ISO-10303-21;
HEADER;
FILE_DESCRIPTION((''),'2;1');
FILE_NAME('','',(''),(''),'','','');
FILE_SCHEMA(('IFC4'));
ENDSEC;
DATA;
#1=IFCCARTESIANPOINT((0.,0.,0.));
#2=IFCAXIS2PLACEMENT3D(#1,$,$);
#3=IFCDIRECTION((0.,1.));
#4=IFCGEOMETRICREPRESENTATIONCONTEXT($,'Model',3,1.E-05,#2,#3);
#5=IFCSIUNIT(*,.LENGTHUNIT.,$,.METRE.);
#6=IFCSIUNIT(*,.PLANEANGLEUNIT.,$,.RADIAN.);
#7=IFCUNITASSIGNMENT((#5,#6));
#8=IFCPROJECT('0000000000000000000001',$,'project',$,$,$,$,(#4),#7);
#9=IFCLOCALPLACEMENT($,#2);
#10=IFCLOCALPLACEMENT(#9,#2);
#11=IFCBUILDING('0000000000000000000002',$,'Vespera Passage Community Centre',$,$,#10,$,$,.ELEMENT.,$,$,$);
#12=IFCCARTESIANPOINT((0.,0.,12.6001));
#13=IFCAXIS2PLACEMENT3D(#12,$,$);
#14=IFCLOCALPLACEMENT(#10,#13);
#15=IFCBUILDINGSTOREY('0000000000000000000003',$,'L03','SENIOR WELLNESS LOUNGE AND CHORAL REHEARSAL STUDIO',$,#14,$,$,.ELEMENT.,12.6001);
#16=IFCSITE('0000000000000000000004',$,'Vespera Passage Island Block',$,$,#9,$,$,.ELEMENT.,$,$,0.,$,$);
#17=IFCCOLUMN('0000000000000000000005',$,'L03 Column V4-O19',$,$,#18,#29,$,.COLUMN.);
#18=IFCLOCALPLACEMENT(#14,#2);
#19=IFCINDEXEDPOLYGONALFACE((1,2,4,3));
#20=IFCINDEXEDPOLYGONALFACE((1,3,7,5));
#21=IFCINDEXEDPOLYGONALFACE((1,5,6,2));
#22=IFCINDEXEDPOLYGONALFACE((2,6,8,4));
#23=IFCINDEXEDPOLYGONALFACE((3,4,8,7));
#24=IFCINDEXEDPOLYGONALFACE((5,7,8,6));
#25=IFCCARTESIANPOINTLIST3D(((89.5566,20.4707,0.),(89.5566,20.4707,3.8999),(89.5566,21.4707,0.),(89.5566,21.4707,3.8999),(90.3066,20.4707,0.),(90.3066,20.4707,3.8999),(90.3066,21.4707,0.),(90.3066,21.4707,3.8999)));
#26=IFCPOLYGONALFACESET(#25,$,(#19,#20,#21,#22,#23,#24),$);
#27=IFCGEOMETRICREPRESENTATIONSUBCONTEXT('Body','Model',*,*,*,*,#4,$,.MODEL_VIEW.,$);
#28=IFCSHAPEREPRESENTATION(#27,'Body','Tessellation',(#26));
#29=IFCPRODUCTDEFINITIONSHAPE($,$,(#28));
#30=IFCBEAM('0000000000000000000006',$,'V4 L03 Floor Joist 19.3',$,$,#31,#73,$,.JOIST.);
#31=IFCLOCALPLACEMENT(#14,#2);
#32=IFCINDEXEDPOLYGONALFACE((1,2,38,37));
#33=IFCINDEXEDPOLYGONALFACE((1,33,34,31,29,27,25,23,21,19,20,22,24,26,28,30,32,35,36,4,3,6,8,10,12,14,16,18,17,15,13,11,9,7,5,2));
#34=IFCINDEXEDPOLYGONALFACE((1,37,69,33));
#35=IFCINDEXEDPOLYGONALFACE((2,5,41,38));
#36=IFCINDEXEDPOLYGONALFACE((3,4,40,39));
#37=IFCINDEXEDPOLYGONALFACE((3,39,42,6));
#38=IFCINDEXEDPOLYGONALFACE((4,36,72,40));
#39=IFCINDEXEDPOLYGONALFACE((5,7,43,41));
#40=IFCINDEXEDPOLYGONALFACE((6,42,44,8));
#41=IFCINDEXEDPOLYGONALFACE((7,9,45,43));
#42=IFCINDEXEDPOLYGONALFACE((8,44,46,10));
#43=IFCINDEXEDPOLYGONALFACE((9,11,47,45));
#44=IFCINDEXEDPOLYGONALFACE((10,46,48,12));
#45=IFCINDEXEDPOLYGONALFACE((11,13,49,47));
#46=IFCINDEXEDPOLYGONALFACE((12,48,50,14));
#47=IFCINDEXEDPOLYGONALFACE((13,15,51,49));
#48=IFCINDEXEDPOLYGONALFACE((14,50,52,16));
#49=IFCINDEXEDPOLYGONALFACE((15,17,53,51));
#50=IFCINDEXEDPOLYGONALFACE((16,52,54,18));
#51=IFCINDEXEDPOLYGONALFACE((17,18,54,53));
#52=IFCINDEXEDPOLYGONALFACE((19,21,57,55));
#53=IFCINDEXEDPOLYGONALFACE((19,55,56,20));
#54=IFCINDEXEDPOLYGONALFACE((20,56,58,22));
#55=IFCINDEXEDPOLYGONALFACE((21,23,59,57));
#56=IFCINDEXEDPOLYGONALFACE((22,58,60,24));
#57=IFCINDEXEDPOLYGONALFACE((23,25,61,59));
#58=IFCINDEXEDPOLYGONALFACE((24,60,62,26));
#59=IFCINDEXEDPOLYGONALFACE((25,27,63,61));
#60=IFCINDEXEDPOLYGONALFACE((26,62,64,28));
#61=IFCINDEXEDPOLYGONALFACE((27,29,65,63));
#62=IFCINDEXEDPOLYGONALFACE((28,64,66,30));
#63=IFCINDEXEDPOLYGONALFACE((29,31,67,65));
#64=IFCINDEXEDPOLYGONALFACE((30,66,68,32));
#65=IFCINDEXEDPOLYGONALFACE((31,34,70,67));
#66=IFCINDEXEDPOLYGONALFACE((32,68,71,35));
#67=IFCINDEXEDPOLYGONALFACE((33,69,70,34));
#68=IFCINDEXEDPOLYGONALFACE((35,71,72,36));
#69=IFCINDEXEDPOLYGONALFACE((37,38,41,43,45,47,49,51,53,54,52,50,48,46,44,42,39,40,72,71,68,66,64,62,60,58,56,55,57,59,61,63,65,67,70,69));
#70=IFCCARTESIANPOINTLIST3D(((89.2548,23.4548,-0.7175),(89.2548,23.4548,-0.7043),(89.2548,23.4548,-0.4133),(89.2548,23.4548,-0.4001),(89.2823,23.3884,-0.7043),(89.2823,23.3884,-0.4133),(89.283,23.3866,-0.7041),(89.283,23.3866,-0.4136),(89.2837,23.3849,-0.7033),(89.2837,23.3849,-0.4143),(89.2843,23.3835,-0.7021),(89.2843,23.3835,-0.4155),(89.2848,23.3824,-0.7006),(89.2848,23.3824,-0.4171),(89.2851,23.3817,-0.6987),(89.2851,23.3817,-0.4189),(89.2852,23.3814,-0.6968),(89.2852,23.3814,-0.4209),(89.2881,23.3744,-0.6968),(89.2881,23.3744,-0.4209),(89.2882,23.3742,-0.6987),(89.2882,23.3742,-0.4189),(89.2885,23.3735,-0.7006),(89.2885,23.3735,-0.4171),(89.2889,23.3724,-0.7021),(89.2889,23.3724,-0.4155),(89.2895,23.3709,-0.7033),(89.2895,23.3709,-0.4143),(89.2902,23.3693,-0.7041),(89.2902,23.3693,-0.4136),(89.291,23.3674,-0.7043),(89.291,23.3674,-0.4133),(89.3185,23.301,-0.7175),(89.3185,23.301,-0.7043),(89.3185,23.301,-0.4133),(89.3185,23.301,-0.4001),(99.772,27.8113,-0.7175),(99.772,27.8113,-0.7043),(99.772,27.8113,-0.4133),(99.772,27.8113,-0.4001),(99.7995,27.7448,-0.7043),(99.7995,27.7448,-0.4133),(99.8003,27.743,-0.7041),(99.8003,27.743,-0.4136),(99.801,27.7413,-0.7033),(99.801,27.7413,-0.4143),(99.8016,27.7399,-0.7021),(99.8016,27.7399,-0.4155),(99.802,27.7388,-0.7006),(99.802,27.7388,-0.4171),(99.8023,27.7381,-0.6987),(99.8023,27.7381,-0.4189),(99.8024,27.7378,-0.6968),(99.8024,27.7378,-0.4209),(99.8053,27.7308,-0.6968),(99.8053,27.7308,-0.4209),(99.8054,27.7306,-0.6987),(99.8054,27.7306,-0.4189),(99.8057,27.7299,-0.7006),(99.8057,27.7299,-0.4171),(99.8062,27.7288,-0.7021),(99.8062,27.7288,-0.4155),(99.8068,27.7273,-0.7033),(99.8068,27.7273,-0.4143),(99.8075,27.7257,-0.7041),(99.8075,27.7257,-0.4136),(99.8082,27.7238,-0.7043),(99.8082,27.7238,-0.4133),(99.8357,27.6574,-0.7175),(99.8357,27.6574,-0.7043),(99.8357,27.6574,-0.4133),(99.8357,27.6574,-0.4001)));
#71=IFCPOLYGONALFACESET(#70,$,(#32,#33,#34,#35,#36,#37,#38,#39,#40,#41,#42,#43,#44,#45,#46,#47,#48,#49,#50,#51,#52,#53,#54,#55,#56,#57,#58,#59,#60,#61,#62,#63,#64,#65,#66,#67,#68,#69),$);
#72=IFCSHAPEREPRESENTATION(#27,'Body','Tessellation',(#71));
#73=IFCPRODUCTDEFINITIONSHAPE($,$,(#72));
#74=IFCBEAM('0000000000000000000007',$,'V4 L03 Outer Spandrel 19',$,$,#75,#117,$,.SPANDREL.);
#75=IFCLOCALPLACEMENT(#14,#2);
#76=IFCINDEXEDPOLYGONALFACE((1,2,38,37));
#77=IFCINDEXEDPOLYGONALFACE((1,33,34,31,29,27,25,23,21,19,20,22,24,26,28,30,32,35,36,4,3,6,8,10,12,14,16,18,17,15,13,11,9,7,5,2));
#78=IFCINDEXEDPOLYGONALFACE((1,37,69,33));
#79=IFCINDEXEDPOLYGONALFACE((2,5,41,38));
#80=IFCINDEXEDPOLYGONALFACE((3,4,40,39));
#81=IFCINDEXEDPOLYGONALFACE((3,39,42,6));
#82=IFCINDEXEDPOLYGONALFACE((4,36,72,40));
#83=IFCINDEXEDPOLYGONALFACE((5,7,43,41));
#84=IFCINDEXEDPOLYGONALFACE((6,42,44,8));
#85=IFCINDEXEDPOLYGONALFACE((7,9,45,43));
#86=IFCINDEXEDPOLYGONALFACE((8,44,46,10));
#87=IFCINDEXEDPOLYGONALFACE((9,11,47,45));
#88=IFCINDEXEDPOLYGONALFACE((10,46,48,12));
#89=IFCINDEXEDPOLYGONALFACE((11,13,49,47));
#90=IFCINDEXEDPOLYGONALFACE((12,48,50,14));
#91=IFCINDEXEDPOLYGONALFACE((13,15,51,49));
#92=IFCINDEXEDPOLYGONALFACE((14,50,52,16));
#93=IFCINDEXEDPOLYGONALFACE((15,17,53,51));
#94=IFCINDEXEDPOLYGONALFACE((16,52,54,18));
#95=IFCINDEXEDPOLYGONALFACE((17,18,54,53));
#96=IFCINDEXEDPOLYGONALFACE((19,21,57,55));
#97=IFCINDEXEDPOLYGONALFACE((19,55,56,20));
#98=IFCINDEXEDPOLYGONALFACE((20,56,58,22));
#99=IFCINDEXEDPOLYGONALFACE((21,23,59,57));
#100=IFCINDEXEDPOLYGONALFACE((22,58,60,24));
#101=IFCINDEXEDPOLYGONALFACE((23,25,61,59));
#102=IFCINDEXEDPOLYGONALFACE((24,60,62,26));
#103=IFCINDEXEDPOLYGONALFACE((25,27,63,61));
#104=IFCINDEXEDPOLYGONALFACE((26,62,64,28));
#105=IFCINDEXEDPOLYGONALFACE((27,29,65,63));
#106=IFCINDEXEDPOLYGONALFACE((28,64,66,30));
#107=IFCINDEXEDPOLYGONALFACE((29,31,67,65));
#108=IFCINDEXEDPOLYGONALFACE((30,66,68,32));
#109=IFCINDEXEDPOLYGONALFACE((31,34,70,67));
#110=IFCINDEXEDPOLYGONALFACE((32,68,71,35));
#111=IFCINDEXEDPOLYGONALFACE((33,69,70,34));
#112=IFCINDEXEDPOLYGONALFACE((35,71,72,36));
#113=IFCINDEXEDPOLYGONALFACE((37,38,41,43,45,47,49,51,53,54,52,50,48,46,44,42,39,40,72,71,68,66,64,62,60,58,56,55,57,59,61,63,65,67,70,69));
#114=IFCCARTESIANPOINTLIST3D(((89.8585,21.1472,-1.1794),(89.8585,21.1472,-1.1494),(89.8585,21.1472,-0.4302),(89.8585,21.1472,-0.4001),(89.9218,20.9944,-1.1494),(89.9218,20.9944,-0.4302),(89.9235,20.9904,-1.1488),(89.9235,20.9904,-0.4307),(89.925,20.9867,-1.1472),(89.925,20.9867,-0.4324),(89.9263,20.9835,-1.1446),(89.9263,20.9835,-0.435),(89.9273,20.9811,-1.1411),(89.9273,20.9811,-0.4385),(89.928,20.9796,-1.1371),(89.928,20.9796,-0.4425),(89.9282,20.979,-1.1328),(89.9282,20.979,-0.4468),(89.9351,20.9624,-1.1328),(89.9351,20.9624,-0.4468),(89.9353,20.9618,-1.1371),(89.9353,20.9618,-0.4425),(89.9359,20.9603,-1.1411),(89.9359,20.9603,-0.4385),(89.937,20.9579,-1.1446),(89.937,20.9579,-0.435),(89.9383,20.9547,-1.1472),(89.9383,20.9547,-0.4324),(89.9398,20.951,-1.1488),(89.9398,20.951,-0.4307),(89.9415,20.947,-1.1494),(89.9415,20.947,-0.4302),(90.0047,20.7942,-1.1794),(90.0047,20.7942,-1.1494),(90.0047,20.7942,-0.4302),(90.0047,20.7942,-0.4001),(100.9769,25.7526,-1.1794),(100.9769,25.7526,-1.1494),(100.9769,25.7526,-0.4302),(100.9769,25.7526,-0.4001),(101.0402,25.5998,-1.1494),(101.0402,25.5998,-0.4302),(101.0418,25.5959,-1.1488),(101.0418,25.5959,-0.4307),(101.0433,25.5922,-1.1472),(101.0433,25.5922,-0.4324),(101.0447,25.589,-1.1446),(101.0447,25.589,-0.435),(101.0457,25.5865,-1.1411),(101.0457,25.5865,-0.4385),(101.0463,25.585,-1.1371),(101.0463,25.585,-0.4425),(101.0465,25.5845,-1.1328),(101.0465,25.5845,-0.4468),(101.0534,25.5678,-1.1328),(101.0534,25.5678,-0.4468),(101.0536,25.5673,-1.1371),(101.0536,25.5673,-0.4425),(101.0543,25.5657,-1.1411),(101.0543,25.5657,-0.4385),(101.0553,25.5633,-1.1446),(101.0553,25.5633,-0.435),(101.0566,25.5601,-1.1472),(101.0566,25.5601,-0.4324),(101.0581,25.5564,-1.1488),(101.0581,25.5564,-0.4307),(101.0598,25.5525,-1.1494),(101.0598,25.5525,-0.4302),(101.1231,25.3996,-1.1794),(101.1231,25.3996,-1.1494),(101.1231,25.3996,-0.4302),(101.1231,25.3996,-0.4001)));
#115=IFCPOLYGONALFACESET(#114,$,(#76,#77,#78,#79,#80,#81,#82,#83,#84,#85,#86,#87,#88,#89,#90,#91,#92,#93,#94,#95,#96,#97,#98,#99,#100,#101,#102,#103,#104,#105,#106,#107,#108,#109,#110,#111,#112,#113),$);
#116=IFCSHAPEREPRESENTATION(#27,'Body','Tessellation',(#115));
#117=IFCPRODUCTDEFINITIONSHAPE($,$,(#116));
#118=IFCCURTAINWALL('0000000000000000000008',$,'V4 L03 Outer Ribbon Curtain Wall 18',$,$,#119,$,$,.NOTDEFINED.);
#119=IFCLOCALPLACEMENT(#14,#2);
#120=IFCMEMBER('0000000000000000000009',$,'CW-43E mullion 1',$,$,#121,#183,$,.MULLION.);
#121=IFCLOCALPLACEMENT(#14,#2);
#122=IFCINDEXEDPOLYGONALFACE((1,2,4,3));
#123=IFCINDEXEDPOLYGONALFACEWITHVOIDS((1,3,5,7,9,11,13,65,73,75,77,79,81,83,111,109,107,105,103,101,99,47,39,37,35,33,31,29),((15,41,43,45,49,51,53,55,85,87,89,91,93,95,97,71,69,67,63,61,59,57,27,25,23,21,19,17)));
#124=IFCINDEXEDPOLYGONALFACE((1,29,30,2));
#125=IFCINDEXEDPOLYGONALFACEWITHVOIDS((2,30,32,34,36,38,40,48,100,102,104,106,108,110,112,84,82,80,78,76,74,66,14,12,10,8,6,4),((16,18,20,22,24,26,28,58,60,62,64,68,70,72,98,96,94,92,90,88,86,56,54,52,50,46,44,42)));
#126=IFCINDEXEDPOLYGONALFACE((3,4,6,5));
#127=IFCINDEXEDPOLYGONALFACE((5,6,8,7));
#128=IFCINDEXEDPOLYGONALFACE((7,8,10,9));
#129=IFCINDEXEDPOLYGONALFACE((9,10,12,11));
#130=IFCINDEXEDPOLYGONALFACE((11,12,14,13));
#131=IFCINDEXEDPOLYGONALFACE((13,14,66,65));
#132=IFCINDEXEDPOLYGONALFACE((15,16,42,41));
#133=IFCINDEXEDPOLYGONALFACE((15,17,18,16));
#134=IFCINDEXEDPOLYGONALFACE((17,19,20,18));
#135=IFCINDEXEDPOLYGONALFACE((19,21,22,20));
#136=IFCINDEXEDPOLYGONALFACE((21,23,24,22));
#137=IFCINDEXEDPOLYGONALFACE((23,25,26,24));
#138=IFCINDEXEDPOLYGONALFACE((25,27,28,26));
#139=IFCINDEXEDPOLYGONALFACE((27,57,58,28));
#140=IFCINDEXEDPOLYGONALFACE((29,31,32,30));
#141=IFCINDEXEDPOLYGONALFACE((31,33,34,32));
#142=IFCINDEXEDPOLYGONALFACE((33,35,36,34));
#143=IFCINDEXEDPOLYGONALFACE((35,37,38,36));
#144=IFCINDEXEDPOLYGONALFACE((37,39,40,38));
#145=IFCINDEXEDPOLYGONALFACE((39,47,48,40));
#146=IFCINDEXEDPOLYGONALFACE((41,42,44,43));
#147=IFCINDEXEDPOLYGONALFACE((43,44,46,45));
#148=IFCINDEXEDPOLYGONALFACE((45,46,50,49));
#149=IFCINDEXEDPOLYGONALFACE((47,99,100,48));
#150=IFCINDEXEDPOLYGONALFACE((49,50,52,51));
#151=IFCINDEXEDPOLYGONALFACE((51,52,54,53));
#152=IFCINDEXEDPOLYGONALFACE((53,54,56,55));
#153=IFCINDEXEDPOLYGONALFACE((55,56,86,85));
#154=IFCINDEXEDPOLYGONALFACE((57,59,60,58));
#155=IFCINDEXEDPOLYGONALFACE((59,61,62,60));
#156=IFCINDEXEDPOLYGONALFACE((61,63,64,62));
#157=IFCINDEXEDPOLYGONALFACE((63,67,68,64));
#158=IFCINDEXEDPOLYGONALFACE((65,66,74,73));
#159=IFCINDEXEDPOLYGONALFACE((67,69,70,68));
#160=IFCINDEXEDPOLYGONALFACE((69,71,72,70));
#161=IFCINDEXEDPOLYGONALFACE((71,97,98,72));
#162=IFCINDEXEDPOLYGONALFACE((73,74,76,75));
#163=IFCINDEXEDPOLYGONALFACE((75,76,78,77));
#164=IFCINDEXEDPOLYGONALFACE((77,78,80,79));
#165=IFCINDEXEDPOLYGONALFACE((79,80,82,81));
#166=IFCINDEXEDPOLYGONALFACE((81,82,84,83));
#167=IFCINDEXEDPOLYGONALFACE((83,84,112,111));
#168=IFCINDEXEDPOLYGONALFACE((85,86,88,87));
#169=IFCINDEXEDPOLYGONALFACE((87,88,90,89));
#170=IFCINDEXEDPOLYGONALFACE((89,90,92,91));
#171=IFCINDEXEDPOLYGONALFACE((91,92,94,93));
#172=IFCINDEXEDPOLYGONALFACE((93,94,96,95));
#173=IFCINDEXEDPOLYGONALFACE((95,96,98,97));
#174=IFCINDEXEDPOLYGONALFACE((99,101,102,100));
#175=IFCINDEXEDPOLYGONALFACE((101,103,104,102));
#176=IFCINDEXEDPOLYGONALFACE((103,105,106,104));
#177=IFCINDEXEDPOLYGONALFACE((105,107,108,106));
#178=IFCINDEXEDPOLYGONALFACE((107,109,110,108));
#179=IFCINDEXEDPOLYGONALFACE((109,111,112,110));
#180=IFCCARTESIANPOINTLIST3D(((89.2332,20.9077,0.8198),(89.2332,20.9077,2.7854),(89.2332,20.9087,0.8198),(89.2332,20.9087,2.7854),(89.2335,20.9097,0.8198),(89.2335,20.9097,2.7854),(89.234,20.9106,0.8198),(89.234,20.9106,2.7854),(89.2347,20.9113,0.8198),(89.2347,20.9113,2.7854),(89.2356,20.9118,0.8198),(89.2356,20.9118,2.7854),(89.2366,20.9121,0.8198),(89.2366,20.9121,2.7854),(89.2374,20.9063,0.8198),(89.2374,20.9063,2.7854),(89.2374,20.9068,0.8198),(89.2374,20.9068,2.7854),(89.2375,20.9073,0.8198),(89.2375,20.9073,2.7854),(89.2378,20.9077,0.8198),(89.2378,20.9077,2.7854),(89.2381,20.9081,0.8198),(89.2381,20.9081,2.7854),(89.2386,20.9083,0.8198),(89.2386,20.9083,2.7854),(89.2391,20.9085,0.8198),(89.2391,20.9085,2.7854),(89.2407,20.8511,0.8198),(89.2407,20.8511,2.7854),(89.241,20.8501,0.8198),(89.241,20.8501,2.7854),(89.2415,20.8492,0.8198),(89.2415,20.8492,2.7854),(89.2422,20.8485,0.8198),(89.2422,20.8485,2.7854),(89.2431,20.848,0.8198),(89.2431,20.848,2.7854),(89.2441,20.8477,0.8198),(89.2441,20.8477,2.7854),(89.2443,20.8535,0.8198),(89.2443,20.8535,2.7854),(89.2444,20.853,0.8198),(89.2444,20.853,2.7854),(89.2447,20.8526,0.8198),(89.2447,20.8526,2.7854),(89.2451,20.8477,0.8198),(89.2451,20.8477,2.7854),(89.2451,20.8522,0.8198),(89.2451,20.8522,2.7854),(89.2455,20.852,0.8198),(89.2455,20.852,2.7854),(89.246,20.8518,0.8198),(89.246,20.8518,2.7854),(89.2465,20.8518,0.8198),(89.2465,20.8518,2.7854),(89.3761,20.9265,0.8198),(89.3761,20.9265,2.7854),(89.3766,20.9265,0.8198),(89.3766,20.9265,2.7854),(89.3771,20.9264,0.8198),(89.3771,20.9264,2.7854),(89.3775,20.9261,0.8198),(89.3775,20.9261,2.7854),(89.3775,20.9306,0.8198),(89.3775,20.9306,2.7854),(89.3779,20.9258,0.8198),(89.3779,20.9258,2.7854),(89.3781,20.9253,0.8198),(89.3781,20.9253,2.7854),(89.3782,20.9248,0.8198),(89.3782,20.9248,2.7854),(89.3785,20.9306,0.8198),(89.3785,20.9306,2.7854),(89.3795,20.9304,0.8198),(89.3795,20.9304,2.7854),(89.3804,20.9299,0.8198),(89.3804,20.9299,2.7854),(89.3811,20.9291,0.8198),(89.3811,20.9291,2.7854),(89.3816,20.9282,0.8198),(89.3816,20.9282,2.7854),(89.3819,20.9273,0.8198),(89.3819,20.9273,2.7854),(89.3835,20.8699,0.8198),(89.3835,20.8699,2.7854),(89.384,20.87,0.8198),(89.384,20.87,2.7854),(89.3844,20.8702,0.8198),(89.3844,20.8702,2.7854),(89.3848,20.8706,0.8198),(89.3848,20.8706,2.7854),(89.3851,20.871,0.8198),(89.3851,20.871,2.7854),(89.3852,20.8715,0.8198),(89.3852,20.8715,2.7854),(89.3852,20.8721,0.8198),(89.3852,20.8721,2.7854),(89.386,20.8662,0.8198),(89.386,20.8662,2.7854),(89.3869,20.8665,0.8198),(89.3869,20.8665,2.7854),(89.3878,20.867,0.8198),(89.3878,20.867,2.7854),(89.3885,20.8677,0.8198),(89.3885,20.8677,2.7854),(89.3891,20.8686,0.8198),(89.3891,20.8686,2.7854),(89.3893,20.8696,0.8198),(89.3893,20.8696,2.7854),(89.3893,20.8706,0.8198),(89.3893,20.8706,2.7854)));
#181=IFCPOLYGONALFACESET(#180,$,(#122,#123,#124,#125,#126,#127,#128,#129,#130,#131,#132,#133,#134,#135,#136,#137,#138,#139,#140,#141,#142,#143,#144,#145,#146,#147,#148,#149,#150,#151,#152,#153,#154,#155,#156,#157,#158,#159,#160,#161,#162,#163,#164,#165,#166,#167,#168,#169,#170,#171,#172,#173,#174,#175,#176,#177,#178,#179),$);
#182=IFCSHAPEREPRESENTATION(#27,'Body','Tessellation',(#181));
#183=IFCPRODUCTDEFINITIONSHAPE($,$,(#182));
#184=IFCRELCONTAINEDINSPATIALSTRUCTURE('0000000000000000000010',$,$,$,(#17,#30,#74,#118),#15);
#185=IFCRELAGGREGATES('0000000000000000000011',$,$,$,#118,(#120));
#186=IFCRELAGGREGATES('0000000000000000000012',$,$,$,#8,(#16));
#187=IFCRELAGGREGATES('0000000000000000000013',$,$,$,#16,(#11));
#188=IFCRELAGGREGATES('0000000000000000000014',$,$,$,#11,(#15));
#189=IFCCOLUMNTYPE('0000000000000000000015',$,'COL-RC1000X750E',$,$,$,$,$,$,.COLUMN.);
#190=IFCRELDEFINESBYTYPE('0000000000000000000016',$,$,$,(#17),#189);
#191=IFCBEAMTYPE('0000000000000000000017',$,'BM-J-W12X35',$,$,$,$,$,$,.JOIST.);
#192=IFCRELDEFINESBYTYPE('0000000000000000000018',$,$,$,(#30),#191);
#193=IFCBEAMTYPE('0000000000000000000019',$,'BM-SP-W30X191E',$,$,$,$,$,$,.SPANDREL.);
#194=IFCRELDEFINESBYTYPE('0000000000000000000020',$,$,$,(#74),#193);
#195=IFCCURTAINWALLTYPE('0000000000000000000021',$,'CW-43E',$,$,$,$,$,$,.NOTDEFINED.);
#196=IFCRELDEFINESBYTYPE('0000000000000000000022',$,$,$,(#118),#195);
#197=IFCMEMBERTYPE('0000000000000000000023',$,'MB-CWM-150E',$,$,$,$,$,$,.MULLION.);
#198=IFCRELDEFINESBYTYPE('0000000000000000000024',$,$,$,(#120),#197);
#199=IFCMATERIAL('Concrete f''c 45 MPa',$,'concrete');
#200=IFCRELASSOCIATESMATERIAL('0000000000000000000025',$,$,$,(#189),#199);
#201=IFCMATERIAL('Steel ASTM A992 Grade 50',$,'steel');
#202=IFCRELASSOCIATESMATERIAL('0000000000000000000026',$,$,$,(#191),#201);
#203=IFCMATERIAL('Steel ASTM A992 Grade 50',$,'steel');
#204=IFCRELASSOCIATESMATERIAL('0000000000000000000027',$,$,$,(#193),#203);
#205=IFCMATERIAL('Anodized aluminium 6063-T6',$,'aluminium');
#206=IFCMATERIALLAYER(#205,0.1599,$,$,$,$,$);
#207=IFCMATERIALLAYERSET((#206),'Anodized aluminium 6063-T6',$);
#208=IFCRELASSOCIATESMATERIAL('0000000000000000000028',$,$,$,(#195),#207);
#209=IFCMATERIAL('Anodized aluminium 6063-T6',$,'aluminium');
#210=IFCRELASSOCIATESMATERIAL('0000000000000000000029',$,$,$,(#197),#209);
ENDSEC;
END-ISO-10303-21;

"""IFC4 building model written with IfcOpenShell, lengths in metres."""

from ifc_helpers import new_model, si_unit, direction, frame, origin, origin_2d, place, context, subcontext, project, spatial, rectangle, hollow_rectangle, i_section, extrude, material, layer, layer_set, material_profile, profile_set, type_object, element, aggregate, save


model = new_model("IFC4")

# Units and contexts
model_context = context("Model", 3, precision=1e-05, world=origin(), true_north=direction((0.0, 1.0)))
body_context = subcontext(model_context, "Body", "Model", "MODEL_VIEW")
ifc_project = project(units=[si_unit("LENGTHUNIT", "METRE"), si_unit("PLANEANGLEUNIT", "RADIAN")], contexts=[model_context])

# Site, building, storey
site_placement = place(None, origin())
site = spatial("IfcSite", under=ifc_project, at=site_placement, Name="Vespera Passage Island Block", CompositionType="ELEMENT", RefElevation=0.0)
building_placement = place(site_placement, origin())
building = spatial("IfcBuilding", under=site, at=building_placement, Name="Vespera Passage Community Centre", CompositionType="ELEMENT")
storey_placement = place(building_placement, frame((0.0, 0.0, 12.6001)))
storey = spatial("IfcBuildingStorey", under=building, at=storey_placement, Name="L03", Description="SENIOR WELLNESS LOUNGE AND CHORAL REHEARSAL STUDIO", CompositionType="ELEMENT", Elevation=12.6001)

# Column
ifc_material_1 = material(Name="Concrete f'c 45 MPa", Category="concrete")
ifc_material_profile_1 = material_profile(ifc_material_1, rectangle(XDim=0.75, YDim=1.0, at=origin_2d()), Name="RC1000X750")
ifc_profile_set_1 = profile_set([ifc_material_profile_1], Name="Concrete f'c 45 MPa")
column_type = type_object("IfcColumnType", Name="COL-RC1000X750E", PredefinedType="COLUMN", material=ifc_profile_set_1)
column_placement = place(storey_placement, frame((89.9316, 20.9707, 0.0), z_axis=(0.0, 0.0, 1.0), x_axis=(1.0, 0.0, 0.0)))
element("IfcColumn", 1, at=column_placement, inside=storey, type_object=column_type, Name="L03 Column V4-O19", PredefinedType="COLUMN", context=body_context, shape_type="SweptSolid", body=[
    extrude(rectangle(XDim=0.75, YDim=1.0, at=origin_2d()), origin(), (0.0, 0.0, 1.0), 3.8999),
])

# Beams
ifc_material_2 = material(Name="Steel ASTM A992 Grade 50", Category="steel")
ifc_material_profile_2 = material_profile(ifc_material_2, i_section(OverallWidth=0.1665, OverallDepth=0.3174, WebThickness=0.0076, FlangeThickness=0.0132, FilletRadius=0.0076, at=origin_2d()), Name="W12X35")
ifc_profile_set_2 = profile_set([ifc_material_profile_2], Name="Steel ASTM A992 Grade 50")
beam_type_1 = type_object("IfcBeamType", Name="BM-J-W12X35", PredefinedType="JOIST", material=ifc_profile_set_2)
beam_1_placement = place(storey_placement, frame((89.2866, 23.3779, -0.5588), z_axis=(0.923879, 0.382685, 0.0), x_axis=(-0.382685, 0.923879, 0.0)))
element("IfcBeam", 2, at=beam_1_placement, inside=storey, type_object=beam_type_1, Name="V4 L03 Floor Joist 19.3", PredefinedType="JOIST", context=body_context, shape_type="SweptSolid", body=[
    extrude(i_section(OverallWidth=0.1665, OverallDepth=0.3174, WebThickness=0.0076, FlangeThickness=0.0132, FilletRadius=0.0076, at=origin_2d()), origin(), (0.0, 0.0, 1.0), 11.3838),
])
ifc_material_3 = material(Name="Steel ASTM A992 Grade 50", Category="steel")
ifc_material_profile_3 = material_profile(ifc_material_3, i_section(OverallWidth=0.3821, OverallDepth=0.7793, WebThickness=0.0181, FlangeThickness=0.03, FilletRadius=0.0166, at=origin_2d()), Name="W30X191")
ifc_profile_set_3 = profile_set([ifc_material_profile_3], Name="Steel ASTM A992 Grade 50")
beam_type_2 = type_object("IfcBeamType", Name="BM-SP-W30X191E", PredefinedType="SPANDREL", material=ifc_profile_set_3)
beam_2_placement = place(storey_placement, frame((89.9316, 20.9707, -0.7898), z_axis=(0.923877, 0.382689, 0.0), x_axis=(-0.382689, 0.923877, 0.0)))
element("IfcBeam", 3, at=beam_2_placement, inside=storey, type_object=beam_type_2, Name="V4 L03 Outer Spandrel 19", PredefinedType="SPANDREL", context=body_context, shape_type="SweptSolid", body=[
    extrude(i_section(OverallWidth=0.3821, OverallDepth=0.7793, WebThickness=0.0181, FlangeThickness=0.03, FilletRadius=0.0166, at=origin_2d()), origin(), (0.0, 0.0, 1.0), 12.0344),
])

# Curtain wall, member
ifc_material_4 = material(Name="Anodized aluminium 6063-T6", Category="aluminium")
ifc_layer_1 = layer(ifc_material_4, 0.1599)
ifc_layer_set_1 = layer_set([ifc_layer_1], Name="Anodized aluminium 6063-T6")
curtain_wall_type_1 = type_object("IfcCurtainWallType", Name="CW-43E", PredefinedType="NOTDEFINED", material=ifc_layer_set_1)
curtain_wall_1_placement = place(storey_placement, origin())
curtain_wall_1 = element("IfcCurtainWall", 4, at=curtain_wall_1_placement, inside=storey, type_object=curtain_wall_type_1, Name="V4 L03 Outer Ribbon Curtain Wall 18", PredefinedType="NOTDEFINED")
ifc_material_5 = material(Name="Anodized aluminium 6063-T6", Category="aluminium")
ifc_material_profile_4 = material_profile(ifc_material_5, hollow_rectangle(XDim=0.0649, YDim=0.1499, WallThickness=0.0039, InnerFilletRadius=0.002, OuterFilletRadius=0.0039, at=origin_2d()), Name="ALU150X65X4")
ifc_profile_set_4 = profile_set([ifc_material_profile_4], Name="Anodized aluminium 6063-T6")
member_type_1 = type_object("IfcMemberType", Name="MB-CWM-150E", PredefinedType="MULLION", material=ifc_profile_set_4)
member_1_placement = place(storey_placement, frame((89.3113, 20.8892, 0.8198), z_axis=(0.0, 0.0, 1.0), x_axis=(0.130531, -0.991444, 0.0)))
member_1 = element("IfcMember", 5, at=member_1_placement, type_object=member_type_1, Name="CW-43E mullion 1", PredefinedType="MULLION", context=body_context, shape_type="SweptSolid", body=[
    extrude(hollow_rectangle(XDim=0.0649, YDim=0.1499, WallThickness=0.0039, InnerFilletRadius=0.002, OuterFilletRadius=0.0039, at=origin_2d()), origin(), (0.0, 0.0, 1.0), 1.9656),
])

aggregate(curtain_wall_1, [member_1])

save(model, "model.ifc")
